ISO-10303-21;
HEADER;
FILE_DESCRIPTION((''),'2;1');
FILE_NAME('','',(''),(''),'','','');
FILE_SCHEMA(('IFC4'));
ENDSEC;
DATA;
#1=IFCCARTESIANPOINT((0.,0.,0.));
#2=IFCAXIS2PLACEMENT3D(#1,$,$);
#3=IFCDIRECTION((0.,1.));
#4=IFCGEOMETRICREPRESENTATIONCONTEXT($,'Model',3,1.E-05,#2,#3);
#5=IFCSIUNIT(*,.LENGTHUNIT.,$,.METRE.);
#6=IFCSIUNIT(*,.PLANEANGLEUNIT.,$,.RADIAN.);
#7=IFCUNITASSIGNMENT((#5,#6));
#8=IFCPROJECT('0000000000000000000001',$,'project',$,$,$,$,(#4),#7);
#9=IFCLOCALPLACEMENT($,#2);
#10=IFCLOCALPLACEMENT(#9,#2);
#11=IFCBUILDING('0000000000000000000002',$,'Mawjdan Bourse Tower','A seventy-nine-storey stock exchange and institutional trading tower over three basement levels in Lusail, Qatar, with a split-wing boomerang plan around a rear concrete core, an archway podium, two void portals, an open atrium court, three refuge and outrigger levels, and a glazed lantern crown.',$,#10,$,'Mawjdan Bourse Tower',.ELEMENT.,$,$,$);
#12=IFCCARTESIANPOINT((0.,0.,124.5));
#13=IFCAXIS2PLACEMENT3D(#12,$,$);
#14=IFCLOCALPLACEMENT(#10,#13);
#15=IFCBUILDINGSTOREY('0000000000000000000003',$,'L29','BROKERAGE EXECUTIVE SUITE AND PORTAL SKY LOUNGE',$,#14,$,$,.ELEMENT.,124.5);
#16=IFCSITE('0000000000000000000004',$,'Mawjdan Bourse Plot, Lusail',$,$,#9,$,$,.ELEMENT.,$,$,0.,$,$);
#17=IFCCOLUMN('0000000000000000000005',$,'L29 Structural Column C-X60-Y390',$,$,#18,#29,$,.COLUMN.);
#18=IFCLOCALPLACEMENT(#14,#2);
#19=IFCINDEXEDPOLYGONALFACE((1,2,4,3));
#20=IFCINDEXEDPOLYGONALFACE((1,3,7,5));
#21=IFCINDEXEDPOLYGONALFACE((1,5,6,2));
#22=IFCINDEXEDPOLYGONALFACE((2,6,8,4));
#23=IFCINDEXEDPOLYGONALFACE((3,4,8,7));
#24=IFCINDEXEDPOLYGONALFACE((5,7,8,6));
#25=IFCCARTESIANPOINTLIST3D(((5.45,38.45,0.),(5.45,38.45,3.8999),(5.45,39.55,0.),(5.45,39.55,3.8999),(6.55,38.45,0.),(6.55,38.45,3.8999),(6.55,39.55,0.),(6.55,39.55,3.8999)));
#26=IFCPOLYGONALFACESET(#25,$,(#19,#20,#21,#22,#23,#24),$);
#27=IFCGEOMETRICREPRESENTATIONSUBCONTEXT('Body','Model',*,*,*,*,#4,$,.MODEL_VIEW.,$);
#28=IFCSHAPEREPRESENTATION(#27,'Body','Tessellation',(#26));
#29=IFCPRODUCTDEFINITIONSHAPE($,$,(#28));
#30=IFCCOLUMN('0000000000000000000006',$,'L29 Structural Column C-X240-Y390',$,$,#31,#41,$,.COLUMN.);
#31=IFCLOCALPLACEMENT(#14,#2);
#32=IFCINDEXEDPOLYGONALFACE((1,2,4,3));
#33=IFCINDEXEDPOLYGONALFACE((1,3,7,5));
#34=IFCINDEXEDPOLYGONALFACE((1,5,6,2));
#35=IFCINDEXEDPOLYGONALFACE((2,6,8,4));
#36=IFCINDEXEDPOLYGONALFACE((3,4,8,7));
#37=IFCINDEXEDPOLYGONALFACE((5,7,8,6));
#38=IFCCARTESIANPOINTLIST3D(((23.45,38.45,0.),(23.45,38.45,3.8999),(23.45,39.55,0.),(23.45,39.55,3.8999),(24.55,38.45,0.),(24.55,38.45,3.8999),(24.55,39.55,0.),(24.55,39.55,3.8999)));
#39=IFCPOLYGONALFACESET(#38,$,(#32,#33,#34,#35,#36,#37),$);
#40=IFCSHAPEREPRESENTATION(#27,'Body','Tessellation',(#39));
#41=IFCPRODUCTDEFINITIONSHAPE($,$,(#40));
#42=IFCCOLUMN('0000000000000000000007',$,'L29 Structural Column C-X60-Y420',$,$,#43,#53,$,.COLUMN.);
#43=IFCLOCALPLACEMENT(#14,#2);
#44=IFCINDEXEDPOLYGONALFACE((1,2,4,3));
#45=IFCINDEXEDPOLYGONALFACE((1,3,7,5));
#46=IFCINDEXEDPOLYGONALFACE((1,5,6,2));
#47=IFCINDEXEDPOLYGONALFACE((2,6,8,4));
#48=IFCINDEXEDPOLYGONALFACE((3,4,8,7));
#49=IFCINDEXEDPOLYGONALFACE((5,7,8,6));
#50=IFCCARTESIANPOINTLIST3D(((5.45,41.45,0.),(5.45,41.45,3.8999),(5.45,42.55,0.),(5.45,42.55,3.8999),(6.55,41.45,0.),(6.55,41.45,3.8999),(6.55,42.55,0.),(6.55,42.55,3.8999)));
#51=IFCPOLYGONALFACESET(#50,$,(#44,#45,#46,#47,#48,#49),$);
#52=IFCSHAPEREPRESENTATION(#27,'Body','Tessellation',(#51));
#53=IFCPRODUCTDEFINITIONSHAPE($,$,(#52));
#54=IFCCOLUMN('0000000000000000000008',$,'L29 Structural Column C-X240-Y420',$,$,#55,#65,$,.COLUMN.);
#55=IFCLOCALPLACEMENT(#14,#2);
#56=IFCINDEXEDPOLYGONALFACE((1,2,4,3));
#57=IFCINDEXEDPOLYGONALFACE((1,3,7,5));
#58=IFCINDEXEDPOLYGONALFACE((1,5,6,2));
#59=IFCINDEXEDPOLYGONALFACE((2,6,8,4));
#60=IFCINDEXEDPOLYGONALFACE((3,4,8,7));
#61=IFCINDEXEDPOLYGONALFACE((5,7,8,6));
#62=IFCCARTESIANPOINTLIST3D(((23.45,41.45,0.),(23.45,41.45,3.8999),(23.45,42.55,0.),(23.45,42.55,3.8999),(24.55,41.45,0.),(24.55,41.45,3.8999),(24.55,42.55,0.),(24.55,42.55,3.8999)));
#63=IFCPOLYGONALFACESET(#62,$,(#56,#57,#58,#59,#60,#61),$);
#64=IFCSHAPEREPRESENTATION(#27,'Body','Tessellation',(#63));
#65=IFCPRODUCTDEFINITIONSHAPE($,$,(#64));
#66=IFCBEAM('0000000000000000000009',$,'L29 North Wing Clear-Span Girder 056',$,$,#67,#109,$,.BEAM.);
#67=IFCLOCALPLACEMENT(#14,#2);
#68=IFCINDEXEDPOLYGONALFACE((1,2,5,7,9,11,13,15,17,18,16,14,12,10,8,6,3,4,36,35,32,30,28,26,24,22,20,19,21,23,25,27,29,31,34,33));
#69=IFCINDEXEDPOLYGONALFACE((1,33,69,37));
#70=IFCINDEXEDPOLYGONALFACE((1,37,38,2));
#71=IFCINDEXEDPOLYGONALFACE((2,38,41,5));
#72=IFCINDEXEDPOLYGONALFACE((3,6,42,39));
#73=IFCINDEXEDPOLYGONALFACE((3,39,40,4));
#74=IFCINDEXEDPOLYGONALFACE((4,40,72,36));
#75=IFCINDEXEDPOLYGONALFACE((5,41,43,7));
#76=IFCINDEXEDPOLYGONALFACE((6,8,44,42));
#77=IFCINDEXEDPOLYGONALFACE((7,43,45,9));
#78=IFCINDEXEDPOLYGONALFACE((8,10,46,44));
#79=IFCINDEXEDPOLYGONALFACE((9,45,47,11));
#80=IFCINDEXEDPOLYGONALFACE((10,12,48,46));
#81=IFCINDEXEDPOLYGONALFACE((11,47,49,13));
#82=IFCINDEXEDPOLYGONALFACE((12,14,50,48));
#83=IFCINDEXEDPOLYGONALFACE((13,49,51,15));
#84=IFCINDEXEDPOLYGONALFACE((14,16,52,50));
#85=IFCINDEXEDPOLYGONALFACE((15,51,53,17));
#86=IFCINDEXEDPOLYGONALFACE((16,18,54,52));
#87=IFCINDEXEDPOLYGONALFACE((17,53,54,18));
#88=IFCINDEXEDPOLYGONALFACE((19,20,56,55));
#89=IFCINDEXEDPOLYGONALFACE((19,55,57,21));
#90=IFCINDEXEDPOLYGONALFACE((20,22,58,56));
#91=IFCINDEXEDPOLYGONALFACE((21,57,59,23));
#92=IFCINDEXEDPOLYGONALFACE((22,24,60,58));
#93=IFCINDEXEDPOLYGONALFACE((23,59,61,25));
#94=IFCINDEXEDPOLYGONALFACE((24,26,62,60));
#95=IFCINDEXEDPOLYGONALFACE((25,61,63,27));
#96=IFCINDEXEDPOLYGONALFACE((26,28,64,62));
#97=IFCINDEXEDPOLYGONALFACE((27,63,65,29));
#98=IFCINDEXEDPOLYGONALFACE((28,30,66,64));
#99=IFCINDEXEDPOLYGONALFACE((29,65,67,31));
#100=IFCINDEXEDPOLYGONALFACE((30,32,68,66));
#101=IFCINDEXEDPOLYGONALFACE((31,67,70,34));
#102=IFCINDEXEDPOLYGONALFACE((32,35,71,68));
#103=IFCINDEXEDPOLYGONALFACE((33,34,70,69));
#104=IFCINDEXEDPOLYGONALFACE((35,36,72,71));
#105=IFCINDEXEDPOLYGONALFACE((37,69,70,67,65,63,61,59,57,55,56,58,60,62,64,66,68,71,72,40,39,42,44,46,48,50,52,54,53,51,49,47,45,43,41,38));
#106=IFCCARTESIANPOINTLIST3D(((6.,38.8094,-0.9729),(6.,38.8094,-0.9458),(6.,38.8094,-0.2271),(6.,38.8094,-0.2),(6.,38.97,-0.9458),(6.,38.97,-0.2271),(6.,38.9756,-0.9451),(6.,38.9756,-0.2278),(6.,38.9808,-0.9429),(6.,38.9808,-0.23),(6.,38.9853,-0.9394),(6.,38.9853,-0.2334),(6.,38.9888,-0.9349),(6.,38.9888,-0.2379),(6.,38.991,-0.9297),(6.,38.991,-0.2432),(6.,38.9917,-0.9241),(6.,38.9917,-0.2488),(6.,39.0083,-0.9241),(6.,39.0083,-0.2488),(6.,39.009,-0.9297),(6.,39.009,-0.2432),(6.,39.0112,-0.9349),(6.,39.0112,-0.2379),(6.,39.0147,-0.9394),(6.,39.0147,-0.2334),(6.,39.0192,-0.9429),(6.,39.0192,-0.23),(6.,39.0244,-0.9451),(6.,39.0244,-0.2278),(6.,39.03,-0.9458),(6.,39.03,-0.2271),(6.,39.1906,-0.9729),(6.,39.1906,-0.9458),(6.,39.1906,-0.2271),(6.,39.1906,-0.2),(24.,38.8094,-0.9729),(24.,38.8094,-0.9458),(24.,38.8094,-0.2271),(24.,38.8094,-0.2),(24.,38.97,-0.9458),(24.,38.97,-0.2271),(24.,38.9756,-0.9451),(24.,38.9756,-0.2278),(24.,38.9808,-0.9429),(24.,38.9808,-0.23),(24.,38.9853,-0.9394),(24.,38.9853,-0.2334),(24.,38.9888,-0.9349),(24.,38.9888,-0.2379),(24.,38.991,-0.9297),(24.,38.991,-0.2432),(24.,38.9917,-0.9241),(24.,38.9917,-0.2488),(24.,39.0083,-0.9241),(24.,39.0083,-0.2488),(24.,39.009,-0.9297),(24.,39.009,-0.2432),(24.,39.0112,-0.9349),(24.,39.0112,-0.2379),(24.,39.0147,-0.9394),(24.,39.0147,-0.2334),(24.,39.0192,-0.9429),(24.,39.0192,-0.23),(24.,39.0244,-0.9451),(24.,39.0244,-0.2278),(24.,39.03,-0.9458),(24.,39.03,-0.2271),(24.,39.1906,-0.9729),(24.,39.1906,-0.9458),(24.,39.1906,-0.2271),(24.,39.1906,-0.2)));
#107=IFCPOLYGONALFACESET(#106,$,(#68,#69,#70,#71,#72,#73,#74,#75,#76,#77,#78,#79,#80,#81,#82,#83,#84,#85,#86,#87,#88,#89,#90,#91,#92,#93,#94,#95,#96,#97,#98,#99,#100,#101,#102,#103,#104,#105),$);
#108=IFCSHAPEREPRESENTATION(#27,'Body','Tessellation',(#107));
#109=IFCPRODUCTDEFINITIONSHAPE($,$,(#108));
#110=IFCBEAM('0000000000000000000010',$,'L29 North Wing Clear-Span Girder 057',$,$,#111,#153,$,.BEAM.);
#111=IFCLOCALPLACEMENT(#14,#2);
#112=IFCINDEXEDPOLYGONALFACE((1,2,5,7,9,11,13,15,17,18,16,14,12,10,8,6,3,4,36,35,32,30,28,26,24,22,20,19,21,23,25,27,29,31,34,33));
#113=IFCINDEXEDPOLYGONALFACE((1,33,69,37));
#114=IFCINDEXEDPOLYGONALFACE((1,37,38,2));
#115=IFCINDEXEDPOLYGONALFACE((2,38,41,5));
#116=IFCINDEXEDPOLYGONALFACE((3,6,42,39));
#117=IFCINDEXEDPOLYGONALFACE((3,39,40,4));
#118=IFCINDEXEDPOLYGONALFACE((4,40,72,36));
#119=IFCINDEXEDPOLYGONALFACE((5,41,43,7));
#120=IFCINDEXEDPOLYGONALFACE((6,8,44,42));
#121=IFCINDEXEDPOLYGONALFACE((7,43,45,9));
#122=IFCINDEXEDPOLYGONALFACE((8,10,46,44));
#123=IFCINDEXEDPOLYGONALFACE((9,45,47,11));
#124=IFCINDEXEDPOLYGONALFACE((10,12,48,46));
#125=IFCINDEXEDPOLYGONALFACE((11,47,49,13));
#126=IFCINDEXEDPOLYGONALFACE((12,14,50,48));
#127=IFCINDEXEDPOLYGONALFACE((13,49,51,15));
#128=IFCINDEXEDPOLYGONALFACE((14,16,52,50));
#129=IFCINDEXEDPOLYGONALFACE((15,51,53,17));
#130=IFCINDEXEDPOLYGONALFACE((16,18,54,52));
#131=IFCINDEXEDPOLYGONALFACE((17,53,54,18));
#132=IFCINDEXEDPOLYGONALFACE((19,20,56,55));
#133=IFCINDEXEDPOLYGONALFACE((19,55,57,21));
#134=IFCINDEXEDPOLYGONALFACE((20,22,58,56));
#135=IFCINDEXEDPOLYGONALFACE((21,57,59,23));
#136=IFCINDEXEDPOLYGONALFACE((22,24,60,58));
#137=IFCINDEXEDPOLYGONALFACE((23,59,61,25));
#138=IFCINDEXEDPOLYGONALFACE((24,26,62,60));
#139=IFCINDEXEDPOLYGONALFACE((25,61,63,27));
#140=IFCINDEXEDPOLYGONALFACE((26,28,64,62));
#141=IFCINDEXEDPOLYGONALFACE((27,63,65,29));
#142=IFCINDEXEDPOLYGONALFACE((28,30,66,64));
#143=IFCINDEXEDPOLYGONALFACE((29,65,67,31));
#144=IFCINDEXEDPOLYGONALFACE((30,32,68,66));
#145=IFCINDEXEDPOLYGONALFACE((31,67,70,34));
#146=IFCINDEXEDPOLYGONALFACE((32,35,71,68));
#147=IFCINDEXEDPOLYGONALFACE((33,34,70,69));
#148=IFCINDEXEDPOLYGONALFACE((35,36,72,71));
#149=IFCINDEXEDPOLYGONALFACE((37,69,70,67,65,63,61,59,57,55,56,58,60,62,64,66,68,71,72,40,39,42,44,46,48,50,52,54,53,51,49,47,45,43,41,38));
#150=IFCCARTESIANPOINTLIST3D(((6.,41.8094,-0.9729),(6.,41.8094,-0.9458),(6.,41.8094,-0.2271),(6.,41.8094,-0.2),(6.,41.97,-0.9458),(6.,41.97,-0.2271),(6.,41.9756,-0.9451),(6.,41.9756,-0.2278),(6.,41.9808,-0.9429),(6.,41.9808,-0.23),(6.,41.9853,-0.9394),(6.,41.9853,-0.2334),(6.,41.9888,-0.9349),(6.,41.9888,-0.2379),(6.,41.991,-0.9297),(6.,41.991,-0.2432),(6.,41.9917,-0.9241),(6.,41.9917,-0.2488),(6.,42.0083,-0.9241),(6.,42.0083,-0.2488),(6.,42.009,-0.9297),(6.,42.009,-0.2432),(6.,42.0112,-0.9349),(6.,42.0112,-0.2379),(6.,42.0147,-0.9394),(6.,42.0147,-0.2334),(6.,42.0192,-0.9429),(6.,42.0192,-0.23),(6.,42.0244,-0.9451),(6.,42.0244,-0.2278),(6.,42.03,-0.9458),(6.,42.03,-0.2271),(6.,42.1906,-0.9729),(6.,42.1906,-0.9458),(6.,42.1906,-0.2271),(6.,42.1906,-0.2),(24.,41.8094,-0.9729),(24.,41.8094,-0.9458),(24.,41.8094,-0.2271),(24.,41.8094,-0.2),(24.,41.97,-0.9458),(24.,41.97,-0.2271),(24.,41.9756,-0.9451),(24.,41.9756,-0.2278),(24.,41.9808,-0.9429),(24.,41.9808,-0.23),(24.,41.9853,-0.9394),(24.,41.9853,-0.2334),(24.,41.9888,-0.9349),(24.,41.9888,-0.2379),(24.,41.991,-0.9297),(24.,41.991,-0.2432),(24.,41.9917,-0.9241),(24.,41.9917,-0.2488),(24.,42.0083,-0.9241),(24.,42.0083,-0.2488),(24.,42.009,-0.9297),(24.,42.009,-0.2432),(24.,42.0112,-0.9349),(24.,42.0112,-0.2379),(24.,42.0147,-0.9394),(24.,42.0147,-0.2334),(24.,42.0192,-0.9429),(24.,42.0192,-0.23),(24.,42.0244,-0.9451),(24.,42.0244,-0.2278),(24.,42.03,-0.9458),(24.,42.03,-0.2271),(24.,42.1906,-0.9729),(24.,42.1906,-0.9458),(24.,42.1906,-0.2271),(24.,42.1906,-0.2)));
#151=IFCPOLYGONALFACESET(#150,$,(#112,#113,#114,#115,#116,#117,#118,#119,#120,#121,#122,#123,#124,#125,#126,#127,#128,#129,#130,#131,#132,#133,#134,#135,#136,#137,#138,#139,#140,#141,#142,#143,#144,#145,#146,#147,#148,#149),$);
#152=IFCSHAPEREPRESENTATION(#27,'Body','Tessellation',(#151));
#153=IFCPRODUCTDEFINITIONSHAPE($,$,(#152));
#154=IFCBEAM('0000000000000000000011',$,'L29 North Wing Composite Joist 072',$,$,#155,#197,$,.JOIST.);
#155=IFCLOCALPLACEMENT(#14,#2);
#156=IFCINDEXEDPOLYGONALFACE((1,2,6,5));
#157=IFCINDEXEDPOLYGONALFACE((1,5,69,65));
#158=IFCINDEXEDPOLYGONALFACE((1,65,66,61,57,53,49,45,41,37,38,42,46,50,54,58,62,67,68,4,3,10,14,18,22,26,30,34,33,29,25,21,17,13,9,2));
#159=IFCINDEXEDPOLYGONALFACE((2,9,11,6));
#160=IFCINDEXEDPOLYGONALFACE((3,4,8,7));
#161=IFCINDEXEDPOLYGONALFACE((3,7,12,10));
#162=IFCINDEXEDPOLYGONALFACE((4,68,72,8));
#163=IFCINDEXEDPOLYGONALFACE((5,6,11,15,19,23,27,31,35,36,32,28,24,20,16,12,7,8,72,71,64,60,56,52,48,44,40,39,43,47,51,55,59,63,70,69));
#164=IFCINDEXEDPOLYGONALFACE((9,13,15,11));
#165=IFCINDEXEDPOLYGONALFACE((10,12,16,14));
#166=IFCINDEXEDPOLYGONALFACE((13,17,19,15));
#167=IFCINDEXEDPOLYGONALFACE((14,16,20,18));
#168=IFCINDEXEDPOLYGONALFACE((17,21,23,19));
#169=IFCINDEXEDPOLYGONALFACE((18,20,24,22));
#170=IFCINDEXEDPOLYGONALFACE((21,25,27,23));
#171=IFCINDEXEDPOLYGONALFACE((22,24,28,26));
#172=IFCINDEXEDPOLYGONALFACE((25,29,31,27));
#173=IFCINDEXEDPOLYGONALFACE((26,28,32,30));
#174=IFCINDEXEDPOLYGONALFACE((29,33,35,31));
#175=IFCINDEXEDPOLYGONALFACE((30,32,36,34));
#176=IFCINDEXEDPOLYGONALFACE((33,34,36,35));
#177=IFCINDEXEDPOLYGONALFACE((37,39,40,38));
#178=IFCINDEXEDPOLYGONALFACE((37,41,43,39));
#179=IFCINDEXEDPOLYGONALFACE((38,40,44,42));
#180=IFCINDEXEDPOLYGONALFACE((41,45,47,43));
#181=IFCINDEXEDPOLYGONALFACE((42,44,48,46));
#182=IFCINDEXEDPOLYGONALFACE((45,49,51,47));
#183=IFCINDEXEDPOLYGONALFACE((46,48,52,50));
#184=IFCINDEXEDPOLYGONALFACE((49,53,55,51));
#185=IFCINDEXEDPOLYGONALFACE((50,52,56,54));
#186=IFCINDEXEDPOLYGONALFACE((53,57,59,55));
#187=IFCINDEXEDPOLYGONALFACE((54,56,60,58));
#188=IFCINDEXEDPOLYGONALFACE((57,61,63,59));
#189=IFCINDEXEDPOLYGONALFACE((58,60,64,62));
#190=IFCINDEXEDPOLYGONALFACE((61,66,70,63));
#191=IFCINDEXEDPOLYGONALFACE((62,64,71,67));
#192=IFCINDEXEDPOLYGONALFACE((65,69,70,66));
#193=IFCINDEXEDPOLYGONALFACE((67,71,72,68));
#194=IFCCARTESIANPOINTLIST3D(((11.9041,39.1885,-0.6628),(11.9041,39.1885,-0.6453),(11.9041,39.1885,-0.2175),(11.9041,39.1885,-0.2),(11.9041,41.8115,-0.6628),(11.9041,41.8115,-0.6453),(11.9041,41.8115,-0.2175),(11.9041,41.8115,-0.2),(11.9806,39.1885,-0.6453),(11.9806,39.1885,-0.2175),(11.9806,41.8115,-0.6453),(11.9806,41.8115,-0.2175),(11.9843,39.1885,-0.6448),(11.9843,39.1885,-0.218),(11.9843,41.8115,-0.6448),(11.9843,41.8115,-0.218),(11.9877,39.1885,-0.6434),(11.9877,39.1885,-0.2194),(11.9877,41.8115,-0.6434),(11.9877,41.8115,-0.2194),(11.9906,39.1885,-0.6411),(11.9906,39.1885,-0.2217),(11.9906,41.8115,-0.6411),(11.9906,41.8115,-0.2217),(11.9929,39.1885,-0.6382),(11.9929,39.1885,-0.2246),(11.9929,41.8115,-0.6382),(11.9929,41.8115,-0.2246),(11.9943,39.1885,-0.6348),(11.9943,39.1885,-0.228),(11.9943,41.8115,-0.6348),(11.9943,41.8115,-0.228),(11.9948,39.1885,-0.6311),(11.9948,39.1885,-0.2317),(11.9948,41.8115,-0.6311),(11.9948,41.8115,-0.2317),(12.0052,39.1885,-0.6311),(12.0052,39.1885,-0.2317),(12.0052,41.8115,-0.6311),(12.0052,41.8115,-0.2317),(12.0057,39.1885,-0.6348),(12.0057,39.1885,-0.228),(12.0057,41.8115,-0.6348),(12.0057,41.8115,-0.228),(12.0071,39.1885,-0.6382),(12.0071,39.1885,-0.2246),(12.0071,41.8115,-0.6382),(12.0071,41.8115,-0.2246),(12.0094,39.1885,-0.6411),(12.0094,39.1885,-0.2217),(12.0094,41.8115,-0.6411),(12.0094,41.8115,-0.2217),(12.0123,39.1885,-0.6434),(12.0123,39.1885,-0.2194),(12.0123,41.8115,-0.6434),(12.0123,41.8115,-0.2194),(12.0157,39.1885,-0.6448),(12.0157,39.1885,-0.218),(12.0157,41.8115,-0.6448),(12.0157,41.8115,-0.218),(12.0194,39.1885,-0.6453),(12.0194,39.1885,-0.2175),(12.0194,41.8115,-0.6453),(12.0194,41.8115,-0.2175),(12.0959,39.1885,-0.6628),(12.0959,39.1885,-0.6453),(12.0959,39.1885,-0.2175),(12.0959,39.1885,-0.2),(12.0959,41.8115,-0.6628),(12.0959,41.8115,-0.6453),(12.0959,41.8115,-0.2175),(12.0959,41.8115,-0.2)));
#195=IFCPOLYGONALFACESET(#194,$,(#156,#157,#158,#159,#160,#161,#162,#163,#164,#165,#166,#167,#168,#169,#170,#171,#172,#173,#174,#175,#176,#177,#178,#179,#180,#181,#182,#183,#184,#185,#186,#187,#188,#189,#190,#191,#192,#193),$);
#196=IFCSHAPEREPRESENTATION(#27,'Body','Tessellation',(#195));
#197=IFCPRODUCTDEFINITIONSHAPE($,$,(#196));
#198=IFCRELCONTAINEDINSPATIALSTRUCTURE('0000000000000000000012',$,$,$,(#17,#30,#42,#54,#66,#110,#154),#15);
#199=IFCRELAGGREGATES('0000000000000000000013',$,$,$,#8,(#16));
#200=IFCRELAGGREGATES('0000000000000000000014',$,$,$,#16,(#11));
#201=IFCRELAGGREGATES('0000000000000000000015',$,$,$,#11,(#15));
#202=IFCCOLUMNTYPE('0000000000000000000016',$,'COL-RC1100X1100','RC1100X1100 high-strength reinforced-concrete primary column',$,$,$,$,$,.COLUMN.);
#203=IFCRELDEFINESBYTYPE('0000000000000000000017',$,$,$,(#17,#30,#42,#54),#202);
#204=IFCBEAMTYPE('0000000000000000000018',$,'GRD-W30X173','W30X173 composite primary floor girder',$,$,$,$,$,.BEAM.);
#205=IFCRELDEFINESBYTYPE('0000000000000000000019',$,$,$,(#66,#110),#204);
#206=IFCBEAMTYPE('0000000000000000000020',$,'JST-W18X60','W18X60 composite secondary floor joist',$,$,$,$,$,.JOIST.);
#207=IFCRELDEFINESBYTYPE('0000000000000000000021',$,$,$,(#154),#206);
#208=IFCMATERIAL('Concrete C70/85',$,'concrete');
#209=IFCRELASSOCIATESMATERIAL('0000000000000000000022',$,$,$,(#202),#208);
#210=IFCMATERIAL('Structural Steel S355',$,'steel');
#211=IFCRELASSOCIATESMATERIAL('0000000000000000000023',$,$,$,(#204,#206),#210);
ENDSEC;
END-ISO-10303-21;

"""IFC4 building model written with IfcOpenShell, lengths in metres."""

from ifc_helpers import new_model, si_unit, direction, frame, origin, origin_2d, place, context, subcontext, project, spatial, rectangle, i_section, extrude, material, material_profile, profile_set, type_object, element, save


model = new_model("IFC4")

# Units and contexts
model_context = context("Model", 3, precision=1e-05, world=origin(), true_north=direction((0.0, 1.0)))
body_context = subcontext(model_context, "Body", "Model", "MODEL_VIEW")
ifc_project = project(units=[si_unit("LENGTHUNIT", "METRE"), si_unit("PLANEANGLEUNIT", "RADIAN")], contexts=[model_context])

# Site, building, storey
site_placement = place(None, origin())
site = spatial("IfcSite", under=ifc_project, at=site_placement, Name="Mawjdan Bourse Plot, Lusail", CompositionType="ELEMENT", RefElevation=0.0)
building_placement = place(site_placement, origin())
building = spatial("IfcBuilding", under=site, at=building_placement, Name="Mawjdan Bourse Tower", Description="A seventy-nine-storey stock exchange and institutional trading tower over three basement levels in Lusail, Qatar, with a split-wing boomerang plan around a rear concrete core, an archway podium, two void portals, an open atrium court, three refuge and outrigger levels, and a glazed lantern crown.", LongName="Mawjdan Bourse Tower", CompositionType="ELEMENT")
storey_placement = place(building_placement, frame((0.0, 0.0, 124.5)))
storey = spatial("IfcBuildingStorey", under=building, at=storey_placement, Name="L29", Description="BROKERAGE EXECUTIVE SUITE AND PORTAL SKY LOUNGE", CompositionType="ELEMENT", Elevation=124.5)

# Columns
ifc_material_1 = material(Name="Concrete C70/85", Category="concrete")
ifc_material_profile_1 = material_profile(ifc_material_1, rectangle(XDim=1.1001, YDim=1.1001, at=origin_2d()), Name="RC1100X1100")
ifc_profile_set_1 = profile_set([ifc_material_profile_1], Name="Concrete C70/85")
column_type = type_object("IfcColumnType", Name="COL-RC1100X1100", Description="RC1100X1100 high-strength reinforced-concrete primary column", PredefinedType="COLUMN", material=ifc_profile_set_1)
for number, where, z_axis, x_axis, name in (
    (1, (6.0, 39.0, 0.0), (0.0, 0.0, 1.0), (1.0, 0.0, 0.0), "L29 Structural Column C-X60-Y390"),
    (2, (24.0, 39.0, 0.0), (0.0, 0.0, 1.0), (1.0, 0.0, 0.0), "L29 Structural Column C-X240-Y390"),
    (3, (6.0, 42.0, 0.0), (0.0, 0.0, 1.0), (1.0, 0.0, 0.0), "L29 Structural Column C-X60-Y420"),
    (4, (24.0, 42.0, 0.0), (0.0, 0.0, 1.0), (1.0, 0.0, 0.0), "L29 Structural Column C-X240-Y420"),
):
    element("IfcColumn", number, at=place(storey_placement, frame(where, z_axis=z_axis, x_axis=x_axis)), inside=storey, type_object=column_type, Name=name, PredefinedType="COLUMN", context=body_context, shape_type="SweptSolid", body=[
        extrude(rectangle(XDim=1.1001, YDim=1.1001, at=origin_2d()), origin(), (0.0, 0.0, 1.0), 3.8999),
    ])

# Beams
ifc_material_2 = material(Name="Structural Steel S355", Category="steel")
ifc_material_profile_2 = material_profile(ifc_material_2, i_section(OverallWidth=0.3811, OverallDepth=0.7729, WebThickness=0.0166, FlangeThickness=0.0271, FilletRadius=0.0217, at=origin_2d()), Name="W30X173")
ifc_profile_set_2 = profile_set([ifc_material_profile_2], Name="Structural Steel S355")
beam_type_1 = type_object("IfcBeamType", Name="GRD-W30X173", Description="W30X173 composite primary floor girder", PredefinedType="BEAM", material=ifc_profile_set_2)
for number, where, z_axis, x_axis, name in (
    (5, (6.0, 39.0, -0.5864), (1.0, 0.0, 0.0), (0.0, 1.0, 0.0), "L29 North Wing Clear-Span Girder 056"),
    (6, (6.0, 42.0, -0.5864), (1.0, 0.0, 0.0), (0.0, 1.0, 0.0), "L29 North Wing Clear-Span Girder 057"),
):
    element("IfcBeam", number, at=place(storey_placement, frame(where, z_axis=z_axis, x_axis=x_axis)), inside=storey, type_object=beam_type_1, Name=name, PredefinedType="BEAM", context=body_context, shape_type="SweptSolid", body=[
        extrude(i_section(OverallWidth=0.3811, OverallDepth=0.7729, WebThickness=0.0166, FlangeThickness=0.0271, FilletRadius=0.0217, at=origin_2d()), origin(), (0.0, 0.0, 1.0), 18.0),
    ])
ifc_material_profile_3 = material_profile(ifc_material_2, i_section(OverallWidth=0.1919, OverallDepth=0.4629, WebThickness=0.0105, FlangeThickness=0.0176, FilletRadius=0.0142, at=origin_2d()), Name="W18X60")
ifc_profile_set_3 = profile_set([ifc_material_profile_3], Name="Structural Steel S355")
beam_type_2 = type_object("IfcBeamType", Name="JST-W18X60", Description="W18X60 composite secondary floor joist", PredefinedType="JOIST", material=ifc_profile_set_3)
for number, where, z_axis, x_axis, name in (
    (7, (12.0, 39.1885, -0.4314), (0.0, 1.0, 0.0), (-1.0, 0.0, 0.0), "L29 North Wing Composite Joist 072"),
):
    element("IfcBeam", number, at=place(storey_placement, frame(where, z_axis=z_axis, x_axis=x_axis)), inside=storey, type_object=beam_type_2, Name=name, PredefinedType="JOIST", context=body_context, shape_type="SweptSolid", body=[
        extrude(i_section(OverallWidth=0.1919, OverallDepth=0.4629, WebThickness=0.0105, FlangeThickness=0.0176, FilletRadius=0.0142, at=origin_2d()), origin(), (0.0, 0.0, 1.0), 2.623),
    ])

save(model, "model.ifc")
